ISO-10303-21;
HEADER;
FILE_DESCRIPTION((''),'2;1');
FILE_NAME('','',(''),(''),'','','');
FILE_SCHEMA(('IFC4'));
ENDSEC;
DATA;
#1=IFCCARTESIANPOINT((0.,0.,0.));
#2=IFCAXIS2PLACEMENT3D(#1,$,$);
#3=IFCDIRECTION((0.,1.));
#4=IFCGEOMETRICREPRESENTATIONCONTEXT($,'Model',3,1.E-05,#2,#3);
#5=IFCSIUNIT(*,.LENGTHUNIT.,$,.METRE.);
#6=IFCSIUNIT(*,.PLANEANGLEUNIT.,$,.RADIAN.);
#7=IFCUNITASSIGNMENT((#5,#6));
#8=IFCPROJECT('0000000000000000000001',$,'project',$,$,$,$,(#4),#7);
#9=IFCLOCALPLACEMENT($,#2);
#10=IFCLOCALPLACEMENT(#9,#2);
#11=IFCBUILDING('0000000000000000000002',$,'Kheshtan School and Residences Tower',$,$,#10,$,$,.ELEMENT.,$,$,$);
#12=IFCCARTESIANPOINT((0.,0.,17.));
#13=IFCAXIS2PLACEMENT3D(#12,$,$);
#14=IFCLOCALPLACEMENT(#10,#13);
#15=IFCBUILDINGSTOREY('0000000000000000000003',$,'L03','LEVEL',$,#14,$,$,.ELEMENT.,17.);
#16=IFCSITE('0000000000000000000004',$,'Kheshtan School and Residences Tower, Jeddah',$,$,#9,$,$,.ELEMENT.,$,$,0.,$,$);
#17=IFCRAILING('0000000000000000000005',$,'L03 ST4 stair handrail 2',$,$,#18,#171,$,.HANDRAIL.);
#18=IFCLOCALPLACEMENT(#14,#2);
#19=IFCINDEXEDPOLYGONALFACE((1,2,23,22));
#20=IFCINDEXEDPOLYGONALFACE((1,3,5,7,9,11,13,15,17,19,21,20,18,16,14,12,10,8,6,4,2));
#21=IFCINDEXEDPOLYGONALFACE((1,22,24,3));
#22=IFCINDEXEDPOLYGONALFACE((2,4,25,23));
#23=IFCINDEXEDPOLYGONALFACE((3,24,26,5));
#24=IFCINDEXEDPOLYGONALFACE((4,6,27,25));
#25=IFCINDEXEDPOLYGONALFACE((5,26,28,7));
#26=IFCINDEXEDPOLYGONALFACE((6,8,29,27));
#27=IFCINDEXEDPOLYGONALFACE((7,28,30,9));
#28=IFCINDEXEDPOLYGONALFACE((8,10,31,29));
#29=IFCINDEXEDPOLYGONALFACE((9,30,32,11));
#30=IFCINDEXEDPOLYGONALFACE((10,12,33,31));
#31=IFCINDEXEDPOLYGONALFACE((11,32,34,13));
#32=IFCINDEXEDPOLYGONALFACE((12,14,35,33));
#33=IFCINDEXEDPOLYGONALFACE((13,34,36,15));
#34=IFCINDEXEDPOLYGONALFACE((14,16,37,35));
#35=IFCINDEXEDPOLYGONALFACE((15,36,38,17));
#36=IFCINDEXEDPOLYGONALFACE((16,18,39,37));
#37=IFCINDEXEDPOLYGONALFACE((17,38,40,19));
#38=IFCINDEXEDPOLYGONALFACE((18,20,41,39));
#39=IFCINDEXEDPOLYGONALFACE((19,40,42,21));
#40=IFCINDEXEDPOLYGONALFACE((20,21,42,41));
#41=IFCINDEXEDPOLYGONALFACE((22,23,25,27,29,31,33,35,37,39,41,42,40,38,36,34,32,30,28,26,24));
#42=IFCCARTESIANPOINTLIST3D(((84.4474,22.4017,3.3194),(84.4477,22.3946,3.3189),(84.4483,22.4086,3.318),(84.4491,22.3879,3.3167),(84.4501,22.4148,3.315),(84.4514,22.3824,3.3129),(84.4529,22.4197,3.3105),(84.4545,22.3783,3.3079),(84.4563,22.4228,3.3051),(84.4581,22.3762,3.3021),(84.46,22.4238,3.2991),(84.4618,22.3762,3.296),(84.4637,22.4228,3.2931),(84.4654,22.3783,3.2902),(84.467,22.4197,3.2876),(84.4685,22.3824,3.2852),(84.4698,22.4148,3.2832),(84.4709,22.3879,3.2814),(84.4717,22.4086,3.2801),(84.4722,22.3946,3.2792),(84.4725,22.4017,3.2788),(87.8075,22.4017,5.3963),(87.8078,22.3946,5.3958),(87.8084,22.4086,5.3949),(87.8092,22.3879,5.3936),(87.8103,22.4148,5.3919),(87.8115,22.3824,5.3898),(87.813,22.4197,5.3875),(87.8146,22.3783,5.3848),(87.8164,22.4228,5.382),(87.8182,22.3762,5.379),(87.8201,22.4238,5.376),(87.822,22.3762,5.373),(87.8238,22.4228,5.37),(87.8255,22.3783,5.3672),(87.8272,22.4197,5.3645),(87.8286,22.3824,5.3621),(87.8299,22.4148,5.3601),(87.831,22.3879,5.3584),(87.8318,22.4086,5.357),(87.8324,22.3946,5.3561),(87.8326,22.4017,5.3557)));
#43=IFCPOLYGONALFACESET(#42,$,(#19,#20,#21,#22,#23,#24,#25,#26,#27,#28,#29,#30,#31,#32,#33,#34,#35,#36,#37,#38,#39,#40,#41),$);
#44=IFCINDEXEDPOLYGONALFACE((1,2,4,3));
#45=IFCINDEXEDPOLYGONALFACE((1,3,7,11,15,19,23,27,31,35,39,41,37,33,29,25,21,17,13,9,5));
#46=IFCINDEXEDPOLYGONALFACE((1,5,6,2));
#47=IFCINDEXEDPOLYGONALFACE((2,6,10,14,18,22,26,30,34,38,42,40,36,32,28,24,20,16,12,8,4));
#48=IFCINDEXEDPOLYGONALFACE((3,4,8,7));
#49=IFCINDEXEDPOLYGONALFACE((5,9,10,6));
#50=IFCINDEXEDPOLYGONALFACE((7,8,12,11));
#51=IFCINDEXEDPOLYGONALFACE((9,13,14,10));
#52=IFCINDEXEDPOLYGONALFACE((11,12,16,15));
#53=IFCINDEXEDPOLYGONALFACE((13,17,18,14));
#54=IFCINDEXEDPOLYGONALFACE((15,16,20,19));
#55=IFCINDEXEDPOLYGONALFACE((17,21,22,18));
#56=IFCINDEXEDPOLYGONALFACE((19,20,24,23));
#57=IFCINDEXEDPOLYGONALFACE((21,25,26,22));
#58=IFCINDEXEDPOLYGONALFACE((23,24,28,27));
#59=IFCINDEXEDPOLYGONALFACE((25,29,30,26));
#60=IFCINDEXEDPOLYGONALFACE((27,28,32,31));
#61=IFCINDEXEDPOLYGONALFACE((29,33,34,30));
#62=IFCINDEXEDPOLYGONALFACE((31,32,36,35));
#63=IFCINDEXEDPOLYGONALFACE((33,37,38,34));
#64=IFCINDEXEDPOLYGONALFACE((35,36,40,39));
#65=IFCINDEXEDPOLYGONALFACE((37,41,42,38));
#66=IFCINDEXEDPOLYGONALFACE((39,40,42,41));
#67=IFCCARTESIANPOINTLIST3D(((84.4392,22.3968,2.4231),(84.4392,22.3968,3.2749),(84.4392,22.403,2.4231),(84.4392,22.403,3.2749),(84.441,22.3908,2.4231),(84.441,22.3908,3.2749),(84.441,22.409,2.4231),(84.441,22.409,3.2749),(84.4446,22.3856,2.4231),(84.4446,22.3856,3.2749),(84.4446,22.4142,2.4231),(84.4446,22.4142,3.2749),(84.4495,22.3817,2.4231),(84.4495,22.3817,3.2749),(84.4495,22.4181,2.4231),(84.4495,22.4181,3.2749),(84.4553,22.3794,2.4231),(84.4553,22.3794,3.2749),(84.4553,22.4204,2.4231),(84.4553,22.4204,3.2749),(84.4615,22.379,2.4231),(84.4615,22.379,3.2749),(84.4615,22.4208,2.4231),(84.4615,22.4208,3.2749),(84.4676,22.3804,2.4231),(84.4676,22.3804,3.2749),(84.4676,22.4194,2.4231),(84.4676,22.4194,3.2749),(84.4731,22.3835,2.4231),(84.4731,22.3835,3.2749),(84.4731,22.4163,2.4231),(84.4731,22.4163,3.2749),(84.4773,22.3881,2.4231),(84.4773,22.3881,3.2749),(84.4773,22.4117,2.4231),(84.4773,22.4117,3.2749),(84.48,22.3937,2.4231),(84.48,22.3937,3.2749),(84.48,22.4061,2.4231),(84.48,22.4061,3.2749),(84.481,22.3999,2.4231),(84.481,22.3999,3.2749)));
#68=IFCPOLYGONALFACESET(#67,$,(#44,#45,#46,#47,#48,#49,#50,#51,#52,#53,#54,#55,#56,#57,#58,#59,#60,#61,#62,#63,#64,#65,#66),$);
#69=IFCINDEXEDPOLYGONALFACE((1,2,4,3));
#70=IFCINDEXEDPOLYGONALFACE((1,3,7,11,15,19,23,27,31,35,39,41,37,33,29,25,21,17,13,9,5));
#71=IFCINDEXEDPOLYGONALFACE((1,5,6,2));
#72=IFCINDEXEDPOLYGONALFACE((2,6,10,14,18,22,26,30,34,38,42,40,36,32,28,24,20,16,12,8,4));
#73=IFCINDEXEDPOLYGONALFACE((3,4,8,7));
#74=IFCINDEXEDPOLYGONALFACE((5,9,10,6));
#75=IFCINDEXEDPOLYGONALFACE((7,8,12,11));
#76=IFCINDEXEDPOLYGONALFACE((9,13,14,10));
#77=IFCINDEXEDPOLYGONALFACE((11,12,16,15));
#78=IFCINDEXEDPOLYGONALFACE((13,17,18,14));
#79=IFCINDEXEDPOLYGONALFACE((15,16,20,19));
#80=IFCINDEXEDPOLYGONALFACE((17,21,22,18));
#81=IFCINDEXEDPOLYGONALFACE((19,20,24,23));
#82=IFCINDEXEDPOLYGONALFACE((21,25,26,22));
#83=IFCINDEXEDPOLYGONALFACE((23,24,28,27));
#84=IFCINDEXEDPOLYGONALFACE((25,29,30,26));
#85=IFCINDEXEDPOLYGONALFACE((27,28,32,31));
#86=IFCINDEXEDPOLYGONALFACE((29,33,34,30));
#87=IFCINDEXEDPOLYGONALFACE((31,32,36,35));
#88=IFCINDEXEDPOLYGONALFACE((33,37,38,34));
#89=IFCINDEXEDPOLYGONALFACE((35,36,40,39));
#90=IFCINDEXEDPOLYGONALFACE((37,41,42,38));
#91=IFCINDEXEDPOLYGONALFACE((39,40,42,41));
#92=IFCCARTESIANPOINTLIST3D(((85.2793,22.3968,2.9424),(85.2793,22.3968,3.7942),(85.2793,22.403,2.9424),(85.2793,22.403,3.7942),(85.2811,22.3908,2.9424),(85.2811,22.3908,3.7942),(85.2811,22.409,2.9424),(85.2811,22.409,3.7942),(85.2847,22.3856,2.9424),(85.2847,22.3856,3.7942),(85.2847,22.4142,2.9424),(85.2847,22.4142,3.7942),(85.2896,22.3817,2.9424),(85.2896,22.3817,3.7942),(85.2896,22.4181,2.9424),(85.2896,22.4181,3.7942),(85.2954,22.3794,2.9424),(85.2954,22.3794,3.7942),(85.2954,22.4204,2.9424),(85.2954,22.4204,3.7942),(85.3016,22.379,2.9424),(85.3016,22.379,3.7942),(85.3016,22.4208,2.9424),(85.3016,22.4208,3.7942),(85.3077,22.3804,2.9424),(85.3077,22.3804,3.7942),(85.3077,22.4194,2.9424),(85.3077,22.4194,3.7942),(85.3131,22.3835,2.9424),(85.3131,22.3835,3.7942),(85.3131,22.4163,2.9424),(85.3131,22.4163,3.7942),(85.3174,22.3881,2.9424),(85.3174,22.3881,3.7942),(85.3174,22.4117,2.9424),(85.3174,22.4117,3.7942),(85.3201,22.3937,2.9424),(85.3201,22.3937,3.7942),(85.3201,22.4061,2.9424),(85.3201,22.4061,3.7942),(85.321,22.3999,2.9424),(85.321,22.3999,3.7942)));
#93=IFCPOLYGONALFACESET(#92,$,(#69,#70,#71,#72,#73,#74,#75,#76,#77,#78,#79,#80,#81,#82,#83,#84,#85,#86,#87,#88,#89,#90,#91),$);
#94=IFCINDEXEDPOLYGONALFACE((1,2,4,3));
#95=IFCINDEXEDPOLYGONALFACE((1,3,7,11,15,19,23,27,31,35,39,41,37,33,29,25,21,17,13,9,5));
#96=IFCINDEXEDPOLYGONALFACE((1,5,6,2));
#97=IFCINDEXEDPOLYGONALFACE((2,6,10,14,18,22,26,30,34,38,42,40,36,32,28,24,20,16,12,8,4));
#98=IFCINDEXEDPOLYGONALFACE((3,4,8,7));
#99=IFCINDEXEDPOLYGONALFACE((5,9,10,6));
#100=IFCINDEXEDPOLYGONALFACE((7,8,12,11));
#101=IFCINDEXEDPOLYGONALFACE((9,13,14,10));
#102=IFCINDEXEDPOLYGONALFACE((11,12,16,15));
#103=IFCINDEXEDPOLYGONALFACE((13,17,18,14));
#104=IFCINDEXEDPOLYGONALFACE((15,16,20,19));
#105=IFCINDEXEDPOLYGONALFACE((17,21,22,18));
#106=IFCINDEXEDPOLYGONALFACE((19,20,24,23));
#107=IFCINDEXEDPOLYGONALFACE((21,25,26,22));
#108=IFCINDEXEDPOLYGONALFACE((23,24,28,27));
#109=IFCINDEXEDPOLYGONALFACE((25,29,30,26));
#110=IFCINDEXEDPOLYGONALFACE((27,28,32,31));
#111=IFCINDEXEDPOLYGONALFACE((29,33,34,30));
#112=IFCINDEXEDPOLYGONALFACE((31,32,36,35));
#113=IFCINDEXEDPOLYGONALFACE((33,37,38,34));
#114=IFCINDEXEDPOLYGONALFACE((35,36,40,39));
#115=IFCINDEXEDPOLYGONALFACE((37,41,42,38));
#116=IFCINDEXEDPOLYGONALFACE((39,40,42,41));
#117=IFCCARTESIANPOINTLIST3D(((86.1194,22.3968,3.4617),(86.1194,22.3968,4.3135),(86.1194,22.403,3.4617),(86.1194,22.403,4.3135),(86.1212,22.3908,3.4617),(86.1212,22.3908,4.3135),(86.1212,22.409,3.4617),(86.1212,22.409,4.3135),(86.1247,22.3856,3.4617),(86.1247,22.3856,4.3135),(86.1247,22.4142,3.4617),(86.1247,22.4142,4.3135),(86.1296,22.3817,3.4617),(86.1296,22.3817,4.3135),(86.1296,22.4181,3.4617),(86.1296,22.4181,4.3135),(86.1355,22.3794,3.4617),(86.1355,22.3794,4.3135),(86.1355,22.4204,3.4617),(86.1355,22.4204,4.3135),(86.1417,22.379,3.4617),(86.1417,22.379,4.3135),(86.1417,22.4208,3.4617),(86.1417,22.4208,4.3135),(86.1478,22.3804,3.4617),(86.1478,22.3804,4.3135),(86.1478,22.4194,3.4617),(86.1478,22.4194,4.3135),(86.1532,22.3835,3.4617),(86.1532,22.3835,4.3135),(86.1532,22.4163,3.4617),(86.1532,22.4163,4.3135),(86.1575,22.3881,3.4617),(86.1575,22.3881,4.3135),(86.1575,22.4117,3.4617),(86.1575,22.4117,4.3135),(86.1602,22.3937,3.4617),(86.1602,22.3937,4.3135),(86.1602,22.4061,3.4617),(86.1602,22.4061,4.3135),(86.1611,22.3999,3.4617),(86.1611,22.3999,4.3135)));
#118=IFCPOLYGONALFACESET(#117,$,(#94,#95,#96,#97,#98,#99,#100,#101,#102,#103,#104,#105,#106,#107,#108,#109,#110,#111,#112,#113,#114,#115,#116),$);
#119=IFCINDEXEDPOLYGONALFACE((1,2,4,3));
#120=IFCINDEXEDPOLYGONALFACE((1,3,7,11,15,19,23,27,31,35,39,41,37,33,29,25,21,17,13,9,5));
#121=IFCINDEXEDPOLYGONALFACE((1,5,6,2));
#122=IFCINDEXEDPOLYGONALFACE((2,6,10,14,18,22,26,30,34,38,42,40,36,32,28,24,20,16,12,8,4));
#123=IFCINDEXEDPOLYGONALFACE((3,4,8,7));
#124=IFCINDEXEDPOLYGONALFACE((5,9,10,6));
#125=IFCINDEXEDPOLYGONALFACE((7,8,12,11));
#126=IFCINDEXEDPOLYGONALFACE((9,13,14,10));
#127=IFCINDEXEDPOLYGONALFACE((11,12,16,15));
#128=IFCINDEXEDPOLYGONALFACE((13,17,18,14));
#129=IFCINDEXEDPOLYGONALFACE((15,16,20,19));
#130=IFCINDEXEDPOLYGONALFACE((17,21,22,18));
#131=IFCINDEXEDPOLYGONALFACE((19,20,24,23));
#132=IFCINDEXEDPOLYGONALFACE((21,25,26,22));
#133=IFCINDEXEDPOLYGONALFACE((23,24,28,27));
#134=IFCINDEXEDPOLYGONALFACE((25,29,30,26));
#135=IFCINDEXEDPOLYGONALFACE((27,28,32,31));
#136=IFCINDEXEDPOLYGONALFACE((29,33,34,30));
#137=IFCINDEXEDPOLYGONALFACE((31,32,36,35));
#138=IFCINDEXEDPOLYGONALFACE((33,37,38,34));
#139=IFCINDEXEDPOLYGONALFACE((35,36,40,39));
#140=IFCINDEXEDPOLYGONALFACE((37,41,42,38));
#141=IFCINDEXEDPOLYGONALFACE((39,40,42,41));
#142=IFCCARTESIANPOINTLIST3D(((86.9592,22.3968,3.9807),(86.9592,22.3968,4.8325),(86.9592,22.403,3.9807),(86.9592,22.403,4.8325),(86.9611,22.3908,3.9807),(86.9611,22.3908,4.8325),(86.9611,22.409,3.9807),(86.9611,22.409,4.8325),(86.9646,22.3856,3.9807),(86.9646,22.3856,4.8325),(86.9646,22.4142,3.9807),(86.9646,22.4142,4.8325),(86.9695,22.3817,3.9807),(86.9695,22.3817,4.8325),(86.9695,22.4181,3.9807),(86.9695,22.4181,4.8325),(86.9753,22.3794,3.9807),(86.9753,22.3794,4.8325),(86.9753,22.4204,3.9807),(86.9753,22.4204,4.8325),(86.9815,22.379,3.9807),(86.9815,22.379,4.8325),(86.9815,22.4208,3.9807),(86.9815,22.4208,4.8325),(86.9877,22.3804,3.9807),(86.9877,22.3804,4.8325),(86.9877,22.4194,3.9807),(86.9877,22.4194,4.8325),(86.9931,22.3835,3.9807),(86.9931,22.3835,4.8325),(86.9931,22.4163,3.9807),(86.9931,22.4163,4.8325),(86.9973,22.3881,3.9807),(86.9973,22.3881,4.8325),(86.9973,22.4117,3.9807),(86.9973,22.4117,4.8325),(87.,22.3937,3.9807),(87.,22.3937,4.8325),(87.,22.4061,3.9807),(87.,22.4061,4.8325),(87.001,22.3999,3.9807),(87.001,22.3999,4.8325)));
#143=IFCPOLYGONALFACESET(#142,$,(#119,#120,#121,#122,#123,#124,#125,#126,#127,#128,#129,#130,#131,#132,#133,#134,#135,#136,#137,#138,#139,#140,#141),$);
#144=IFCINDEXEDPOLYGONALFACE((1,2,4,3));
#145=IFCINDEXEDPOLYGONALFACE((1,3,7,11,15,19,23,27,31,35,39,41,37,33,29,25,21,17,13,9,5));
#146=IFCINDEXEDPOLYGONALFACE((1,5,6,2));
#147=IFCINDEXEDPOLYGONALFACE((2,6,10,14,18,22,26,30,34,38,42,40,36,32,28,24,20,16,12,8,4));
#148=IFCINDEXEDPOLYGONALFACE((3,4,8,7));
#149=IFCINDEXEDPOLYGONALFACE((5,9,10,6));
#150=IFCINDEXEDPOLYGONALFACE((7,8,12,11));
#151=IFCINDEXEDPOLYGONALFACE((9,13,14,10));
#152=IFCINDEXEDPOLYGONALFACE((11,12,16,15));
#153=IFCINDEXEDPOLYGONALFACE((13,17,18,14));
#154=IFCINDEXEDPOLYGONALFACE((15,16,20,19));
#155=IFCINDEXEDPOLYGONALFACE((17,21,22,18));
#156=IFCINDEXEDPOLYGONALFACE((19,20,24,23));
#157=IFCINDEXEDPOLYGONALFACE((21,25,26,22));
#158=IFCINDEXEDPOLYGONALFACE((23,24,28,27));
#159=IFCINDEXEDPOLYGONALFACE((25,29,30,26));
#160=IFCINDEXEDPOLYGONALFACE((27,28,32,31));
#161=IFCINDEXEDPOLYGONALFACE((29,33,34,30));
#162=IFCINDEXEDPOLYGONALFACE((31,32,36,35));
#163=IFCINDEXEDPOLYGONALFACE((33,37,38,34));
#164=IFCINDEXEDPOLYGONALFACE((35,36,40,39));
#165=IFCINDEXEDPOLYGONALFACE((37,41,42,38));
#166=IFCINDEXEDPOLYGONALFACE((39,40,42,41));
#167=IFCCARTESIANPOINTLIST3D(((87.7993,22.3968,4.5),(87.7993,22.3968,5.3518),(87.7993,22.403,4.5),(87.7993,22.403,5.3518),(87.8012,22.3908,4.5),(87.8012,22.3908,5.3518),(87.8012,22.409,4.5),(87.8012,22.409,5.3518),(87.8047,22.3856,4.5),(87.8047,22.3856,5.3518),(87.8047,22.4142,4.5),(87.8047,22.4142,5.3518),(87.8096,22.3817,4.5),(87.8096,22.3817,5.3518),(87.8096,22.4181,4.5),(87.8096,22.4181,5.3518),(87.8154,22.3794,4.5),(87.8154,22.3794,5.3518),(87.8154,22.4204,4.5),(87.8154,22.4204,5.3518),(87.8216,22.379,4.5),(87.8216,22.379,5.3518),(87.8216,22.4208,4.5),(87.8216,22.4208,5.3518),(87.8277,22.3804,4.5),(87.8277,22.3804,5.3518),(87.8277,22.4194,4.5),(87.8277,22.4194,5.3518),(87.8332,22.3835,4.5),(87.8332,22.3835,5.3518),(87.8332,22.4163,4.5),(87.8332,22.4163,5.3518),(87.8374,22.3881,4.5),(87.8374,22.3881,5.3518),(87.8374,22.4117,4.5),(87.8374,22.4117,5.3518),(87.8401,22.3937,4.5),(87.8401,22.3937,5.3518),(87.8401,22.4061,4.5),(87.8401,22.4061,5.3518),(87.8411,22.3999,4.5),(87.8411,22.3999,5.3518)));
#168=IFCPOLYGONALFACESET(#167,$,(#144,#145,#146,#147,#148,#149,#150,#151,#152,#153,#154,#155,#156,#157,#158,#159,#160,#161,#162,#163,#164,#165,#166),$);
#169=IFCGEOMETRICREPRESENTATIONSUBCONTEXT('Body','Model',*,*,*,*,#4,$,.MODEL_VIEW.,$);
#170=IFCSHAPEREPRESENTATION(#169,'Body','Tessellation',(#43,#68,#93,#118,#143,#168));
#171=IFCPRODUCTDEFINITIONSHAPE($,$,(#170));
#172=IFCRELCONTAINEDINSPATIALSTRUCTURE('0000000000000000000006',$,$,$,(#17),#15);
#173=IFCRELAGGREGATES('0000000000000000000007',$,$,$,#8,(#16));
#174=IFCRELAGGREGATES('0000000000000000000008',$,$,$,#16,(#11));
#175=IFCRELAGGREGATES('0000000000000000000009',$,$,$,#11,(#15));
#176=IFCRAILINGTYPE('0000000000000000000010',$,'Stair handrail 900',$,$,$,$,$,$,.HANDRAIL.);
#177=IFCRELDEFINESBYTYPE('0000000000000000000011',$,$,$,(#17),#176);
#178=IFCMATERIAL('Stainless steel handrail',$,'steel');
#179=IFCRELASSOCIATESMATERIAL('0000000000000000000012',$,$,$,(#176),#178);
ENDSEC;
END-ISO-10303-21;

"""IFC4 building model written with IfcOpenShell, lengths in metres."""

from ifc_helpers import new_model, si_unit, direction, frame, origin, origin_2d, place, context, subcontext, project, spatial, circle, extrude, material, type_object, element, save


model = new_model("IFC4")

# Units and contexts
model_context = context("Model", 3, precision=1e-05, world=origin(), true_north=direction((0.0, 1.0)))
body_context = subcontext(model_context, "Body", "Model", "MODEL_VIEW")
ifc_project = project(units=[si_unit("LENGTHUNIT", "METRE"), si_unit("PLANEANGLEUNIT", "RADIAN")], contexts=[model_context])

# Site, building, storey
site_placement = place(None, origin())
site = spatial("IfcSite", under=ifc_project, at=site_placement, Name="Kheshtan School and Residences Tower, Jeddah", CompositionType="ELEMENT", RefElevation=0.0)
building_placement = place(site_placement, origin())
building = spatial("IfcBuilding", under=site, at=building_placement, Name="Kheshtan School and Residences Tower", CompositionType="ELEMENT")
storey_placement = place(building_placement, frame((0.0, 0.0, 17.0)))
storey = spatial("IfcBuildingStorey", under=building, at=storey_placement, Name="L03", Description="LEVEL", CompositionType="ELEMENT", Elevation=17.0)

# Railing
ifc_material_1 = material(Name="Stainless steel handrail", Category="steel")
railing_type = type_object("IfcRailingType", Name="Stair handrail 900", PredefinedType="HANDRAIL", material=ifc_material_1)
railing_1_placement = place(storey_placement, frame((84.46, 22.3999, 2.4231)))
element("IfcRailing", 1, at=railing_1_placement, inside=storey, type_object=railing_type, Name="L03 ST4 stair handrail 2", PredefinedType="HANDRAIL", context=body_context, shape_type="SweptSolid", body=[
    extrude(circle(Radius=0.0239, at=origin_2d()), frame((0.0, 0.0, 0.876), z_axis=(0.850623, 0.0, 0.525776), x_axis=(0.0, 1.0, 0.0)), (0.0, 0.0, 1.0), 3.9502),
    extrude(circle(Radius=0.021, at=origin_2d()), origin(), (0.0, 0.0, 1.0), 0.8518),
    extrude(circle(Radius=0.021, at=origin_2d()), frame((0.8401, 0.0, 0.5193)), (0.0, 0.0, 1.0), 0.8518),
    extrude(circle(Radius=0.021, at=origin_2d()), frame((1.6802, 0.0, 1.0386)), (0.0, 0.0, 1.0), 0.8518),
    extrude(circle(Radius=0.021, at=origin_2d()), frame((2.52, 0.0, 1.5576)), (0.0, 0.0, 1.0), 0.8518),
    extrude(circle(Radius=0.021, at=origin_2d()), frame((3.3601, 0.0, 2.0769)), (0.0, 0.0, 1.0), 0.8518),
])

save(model, "model.ifc")
